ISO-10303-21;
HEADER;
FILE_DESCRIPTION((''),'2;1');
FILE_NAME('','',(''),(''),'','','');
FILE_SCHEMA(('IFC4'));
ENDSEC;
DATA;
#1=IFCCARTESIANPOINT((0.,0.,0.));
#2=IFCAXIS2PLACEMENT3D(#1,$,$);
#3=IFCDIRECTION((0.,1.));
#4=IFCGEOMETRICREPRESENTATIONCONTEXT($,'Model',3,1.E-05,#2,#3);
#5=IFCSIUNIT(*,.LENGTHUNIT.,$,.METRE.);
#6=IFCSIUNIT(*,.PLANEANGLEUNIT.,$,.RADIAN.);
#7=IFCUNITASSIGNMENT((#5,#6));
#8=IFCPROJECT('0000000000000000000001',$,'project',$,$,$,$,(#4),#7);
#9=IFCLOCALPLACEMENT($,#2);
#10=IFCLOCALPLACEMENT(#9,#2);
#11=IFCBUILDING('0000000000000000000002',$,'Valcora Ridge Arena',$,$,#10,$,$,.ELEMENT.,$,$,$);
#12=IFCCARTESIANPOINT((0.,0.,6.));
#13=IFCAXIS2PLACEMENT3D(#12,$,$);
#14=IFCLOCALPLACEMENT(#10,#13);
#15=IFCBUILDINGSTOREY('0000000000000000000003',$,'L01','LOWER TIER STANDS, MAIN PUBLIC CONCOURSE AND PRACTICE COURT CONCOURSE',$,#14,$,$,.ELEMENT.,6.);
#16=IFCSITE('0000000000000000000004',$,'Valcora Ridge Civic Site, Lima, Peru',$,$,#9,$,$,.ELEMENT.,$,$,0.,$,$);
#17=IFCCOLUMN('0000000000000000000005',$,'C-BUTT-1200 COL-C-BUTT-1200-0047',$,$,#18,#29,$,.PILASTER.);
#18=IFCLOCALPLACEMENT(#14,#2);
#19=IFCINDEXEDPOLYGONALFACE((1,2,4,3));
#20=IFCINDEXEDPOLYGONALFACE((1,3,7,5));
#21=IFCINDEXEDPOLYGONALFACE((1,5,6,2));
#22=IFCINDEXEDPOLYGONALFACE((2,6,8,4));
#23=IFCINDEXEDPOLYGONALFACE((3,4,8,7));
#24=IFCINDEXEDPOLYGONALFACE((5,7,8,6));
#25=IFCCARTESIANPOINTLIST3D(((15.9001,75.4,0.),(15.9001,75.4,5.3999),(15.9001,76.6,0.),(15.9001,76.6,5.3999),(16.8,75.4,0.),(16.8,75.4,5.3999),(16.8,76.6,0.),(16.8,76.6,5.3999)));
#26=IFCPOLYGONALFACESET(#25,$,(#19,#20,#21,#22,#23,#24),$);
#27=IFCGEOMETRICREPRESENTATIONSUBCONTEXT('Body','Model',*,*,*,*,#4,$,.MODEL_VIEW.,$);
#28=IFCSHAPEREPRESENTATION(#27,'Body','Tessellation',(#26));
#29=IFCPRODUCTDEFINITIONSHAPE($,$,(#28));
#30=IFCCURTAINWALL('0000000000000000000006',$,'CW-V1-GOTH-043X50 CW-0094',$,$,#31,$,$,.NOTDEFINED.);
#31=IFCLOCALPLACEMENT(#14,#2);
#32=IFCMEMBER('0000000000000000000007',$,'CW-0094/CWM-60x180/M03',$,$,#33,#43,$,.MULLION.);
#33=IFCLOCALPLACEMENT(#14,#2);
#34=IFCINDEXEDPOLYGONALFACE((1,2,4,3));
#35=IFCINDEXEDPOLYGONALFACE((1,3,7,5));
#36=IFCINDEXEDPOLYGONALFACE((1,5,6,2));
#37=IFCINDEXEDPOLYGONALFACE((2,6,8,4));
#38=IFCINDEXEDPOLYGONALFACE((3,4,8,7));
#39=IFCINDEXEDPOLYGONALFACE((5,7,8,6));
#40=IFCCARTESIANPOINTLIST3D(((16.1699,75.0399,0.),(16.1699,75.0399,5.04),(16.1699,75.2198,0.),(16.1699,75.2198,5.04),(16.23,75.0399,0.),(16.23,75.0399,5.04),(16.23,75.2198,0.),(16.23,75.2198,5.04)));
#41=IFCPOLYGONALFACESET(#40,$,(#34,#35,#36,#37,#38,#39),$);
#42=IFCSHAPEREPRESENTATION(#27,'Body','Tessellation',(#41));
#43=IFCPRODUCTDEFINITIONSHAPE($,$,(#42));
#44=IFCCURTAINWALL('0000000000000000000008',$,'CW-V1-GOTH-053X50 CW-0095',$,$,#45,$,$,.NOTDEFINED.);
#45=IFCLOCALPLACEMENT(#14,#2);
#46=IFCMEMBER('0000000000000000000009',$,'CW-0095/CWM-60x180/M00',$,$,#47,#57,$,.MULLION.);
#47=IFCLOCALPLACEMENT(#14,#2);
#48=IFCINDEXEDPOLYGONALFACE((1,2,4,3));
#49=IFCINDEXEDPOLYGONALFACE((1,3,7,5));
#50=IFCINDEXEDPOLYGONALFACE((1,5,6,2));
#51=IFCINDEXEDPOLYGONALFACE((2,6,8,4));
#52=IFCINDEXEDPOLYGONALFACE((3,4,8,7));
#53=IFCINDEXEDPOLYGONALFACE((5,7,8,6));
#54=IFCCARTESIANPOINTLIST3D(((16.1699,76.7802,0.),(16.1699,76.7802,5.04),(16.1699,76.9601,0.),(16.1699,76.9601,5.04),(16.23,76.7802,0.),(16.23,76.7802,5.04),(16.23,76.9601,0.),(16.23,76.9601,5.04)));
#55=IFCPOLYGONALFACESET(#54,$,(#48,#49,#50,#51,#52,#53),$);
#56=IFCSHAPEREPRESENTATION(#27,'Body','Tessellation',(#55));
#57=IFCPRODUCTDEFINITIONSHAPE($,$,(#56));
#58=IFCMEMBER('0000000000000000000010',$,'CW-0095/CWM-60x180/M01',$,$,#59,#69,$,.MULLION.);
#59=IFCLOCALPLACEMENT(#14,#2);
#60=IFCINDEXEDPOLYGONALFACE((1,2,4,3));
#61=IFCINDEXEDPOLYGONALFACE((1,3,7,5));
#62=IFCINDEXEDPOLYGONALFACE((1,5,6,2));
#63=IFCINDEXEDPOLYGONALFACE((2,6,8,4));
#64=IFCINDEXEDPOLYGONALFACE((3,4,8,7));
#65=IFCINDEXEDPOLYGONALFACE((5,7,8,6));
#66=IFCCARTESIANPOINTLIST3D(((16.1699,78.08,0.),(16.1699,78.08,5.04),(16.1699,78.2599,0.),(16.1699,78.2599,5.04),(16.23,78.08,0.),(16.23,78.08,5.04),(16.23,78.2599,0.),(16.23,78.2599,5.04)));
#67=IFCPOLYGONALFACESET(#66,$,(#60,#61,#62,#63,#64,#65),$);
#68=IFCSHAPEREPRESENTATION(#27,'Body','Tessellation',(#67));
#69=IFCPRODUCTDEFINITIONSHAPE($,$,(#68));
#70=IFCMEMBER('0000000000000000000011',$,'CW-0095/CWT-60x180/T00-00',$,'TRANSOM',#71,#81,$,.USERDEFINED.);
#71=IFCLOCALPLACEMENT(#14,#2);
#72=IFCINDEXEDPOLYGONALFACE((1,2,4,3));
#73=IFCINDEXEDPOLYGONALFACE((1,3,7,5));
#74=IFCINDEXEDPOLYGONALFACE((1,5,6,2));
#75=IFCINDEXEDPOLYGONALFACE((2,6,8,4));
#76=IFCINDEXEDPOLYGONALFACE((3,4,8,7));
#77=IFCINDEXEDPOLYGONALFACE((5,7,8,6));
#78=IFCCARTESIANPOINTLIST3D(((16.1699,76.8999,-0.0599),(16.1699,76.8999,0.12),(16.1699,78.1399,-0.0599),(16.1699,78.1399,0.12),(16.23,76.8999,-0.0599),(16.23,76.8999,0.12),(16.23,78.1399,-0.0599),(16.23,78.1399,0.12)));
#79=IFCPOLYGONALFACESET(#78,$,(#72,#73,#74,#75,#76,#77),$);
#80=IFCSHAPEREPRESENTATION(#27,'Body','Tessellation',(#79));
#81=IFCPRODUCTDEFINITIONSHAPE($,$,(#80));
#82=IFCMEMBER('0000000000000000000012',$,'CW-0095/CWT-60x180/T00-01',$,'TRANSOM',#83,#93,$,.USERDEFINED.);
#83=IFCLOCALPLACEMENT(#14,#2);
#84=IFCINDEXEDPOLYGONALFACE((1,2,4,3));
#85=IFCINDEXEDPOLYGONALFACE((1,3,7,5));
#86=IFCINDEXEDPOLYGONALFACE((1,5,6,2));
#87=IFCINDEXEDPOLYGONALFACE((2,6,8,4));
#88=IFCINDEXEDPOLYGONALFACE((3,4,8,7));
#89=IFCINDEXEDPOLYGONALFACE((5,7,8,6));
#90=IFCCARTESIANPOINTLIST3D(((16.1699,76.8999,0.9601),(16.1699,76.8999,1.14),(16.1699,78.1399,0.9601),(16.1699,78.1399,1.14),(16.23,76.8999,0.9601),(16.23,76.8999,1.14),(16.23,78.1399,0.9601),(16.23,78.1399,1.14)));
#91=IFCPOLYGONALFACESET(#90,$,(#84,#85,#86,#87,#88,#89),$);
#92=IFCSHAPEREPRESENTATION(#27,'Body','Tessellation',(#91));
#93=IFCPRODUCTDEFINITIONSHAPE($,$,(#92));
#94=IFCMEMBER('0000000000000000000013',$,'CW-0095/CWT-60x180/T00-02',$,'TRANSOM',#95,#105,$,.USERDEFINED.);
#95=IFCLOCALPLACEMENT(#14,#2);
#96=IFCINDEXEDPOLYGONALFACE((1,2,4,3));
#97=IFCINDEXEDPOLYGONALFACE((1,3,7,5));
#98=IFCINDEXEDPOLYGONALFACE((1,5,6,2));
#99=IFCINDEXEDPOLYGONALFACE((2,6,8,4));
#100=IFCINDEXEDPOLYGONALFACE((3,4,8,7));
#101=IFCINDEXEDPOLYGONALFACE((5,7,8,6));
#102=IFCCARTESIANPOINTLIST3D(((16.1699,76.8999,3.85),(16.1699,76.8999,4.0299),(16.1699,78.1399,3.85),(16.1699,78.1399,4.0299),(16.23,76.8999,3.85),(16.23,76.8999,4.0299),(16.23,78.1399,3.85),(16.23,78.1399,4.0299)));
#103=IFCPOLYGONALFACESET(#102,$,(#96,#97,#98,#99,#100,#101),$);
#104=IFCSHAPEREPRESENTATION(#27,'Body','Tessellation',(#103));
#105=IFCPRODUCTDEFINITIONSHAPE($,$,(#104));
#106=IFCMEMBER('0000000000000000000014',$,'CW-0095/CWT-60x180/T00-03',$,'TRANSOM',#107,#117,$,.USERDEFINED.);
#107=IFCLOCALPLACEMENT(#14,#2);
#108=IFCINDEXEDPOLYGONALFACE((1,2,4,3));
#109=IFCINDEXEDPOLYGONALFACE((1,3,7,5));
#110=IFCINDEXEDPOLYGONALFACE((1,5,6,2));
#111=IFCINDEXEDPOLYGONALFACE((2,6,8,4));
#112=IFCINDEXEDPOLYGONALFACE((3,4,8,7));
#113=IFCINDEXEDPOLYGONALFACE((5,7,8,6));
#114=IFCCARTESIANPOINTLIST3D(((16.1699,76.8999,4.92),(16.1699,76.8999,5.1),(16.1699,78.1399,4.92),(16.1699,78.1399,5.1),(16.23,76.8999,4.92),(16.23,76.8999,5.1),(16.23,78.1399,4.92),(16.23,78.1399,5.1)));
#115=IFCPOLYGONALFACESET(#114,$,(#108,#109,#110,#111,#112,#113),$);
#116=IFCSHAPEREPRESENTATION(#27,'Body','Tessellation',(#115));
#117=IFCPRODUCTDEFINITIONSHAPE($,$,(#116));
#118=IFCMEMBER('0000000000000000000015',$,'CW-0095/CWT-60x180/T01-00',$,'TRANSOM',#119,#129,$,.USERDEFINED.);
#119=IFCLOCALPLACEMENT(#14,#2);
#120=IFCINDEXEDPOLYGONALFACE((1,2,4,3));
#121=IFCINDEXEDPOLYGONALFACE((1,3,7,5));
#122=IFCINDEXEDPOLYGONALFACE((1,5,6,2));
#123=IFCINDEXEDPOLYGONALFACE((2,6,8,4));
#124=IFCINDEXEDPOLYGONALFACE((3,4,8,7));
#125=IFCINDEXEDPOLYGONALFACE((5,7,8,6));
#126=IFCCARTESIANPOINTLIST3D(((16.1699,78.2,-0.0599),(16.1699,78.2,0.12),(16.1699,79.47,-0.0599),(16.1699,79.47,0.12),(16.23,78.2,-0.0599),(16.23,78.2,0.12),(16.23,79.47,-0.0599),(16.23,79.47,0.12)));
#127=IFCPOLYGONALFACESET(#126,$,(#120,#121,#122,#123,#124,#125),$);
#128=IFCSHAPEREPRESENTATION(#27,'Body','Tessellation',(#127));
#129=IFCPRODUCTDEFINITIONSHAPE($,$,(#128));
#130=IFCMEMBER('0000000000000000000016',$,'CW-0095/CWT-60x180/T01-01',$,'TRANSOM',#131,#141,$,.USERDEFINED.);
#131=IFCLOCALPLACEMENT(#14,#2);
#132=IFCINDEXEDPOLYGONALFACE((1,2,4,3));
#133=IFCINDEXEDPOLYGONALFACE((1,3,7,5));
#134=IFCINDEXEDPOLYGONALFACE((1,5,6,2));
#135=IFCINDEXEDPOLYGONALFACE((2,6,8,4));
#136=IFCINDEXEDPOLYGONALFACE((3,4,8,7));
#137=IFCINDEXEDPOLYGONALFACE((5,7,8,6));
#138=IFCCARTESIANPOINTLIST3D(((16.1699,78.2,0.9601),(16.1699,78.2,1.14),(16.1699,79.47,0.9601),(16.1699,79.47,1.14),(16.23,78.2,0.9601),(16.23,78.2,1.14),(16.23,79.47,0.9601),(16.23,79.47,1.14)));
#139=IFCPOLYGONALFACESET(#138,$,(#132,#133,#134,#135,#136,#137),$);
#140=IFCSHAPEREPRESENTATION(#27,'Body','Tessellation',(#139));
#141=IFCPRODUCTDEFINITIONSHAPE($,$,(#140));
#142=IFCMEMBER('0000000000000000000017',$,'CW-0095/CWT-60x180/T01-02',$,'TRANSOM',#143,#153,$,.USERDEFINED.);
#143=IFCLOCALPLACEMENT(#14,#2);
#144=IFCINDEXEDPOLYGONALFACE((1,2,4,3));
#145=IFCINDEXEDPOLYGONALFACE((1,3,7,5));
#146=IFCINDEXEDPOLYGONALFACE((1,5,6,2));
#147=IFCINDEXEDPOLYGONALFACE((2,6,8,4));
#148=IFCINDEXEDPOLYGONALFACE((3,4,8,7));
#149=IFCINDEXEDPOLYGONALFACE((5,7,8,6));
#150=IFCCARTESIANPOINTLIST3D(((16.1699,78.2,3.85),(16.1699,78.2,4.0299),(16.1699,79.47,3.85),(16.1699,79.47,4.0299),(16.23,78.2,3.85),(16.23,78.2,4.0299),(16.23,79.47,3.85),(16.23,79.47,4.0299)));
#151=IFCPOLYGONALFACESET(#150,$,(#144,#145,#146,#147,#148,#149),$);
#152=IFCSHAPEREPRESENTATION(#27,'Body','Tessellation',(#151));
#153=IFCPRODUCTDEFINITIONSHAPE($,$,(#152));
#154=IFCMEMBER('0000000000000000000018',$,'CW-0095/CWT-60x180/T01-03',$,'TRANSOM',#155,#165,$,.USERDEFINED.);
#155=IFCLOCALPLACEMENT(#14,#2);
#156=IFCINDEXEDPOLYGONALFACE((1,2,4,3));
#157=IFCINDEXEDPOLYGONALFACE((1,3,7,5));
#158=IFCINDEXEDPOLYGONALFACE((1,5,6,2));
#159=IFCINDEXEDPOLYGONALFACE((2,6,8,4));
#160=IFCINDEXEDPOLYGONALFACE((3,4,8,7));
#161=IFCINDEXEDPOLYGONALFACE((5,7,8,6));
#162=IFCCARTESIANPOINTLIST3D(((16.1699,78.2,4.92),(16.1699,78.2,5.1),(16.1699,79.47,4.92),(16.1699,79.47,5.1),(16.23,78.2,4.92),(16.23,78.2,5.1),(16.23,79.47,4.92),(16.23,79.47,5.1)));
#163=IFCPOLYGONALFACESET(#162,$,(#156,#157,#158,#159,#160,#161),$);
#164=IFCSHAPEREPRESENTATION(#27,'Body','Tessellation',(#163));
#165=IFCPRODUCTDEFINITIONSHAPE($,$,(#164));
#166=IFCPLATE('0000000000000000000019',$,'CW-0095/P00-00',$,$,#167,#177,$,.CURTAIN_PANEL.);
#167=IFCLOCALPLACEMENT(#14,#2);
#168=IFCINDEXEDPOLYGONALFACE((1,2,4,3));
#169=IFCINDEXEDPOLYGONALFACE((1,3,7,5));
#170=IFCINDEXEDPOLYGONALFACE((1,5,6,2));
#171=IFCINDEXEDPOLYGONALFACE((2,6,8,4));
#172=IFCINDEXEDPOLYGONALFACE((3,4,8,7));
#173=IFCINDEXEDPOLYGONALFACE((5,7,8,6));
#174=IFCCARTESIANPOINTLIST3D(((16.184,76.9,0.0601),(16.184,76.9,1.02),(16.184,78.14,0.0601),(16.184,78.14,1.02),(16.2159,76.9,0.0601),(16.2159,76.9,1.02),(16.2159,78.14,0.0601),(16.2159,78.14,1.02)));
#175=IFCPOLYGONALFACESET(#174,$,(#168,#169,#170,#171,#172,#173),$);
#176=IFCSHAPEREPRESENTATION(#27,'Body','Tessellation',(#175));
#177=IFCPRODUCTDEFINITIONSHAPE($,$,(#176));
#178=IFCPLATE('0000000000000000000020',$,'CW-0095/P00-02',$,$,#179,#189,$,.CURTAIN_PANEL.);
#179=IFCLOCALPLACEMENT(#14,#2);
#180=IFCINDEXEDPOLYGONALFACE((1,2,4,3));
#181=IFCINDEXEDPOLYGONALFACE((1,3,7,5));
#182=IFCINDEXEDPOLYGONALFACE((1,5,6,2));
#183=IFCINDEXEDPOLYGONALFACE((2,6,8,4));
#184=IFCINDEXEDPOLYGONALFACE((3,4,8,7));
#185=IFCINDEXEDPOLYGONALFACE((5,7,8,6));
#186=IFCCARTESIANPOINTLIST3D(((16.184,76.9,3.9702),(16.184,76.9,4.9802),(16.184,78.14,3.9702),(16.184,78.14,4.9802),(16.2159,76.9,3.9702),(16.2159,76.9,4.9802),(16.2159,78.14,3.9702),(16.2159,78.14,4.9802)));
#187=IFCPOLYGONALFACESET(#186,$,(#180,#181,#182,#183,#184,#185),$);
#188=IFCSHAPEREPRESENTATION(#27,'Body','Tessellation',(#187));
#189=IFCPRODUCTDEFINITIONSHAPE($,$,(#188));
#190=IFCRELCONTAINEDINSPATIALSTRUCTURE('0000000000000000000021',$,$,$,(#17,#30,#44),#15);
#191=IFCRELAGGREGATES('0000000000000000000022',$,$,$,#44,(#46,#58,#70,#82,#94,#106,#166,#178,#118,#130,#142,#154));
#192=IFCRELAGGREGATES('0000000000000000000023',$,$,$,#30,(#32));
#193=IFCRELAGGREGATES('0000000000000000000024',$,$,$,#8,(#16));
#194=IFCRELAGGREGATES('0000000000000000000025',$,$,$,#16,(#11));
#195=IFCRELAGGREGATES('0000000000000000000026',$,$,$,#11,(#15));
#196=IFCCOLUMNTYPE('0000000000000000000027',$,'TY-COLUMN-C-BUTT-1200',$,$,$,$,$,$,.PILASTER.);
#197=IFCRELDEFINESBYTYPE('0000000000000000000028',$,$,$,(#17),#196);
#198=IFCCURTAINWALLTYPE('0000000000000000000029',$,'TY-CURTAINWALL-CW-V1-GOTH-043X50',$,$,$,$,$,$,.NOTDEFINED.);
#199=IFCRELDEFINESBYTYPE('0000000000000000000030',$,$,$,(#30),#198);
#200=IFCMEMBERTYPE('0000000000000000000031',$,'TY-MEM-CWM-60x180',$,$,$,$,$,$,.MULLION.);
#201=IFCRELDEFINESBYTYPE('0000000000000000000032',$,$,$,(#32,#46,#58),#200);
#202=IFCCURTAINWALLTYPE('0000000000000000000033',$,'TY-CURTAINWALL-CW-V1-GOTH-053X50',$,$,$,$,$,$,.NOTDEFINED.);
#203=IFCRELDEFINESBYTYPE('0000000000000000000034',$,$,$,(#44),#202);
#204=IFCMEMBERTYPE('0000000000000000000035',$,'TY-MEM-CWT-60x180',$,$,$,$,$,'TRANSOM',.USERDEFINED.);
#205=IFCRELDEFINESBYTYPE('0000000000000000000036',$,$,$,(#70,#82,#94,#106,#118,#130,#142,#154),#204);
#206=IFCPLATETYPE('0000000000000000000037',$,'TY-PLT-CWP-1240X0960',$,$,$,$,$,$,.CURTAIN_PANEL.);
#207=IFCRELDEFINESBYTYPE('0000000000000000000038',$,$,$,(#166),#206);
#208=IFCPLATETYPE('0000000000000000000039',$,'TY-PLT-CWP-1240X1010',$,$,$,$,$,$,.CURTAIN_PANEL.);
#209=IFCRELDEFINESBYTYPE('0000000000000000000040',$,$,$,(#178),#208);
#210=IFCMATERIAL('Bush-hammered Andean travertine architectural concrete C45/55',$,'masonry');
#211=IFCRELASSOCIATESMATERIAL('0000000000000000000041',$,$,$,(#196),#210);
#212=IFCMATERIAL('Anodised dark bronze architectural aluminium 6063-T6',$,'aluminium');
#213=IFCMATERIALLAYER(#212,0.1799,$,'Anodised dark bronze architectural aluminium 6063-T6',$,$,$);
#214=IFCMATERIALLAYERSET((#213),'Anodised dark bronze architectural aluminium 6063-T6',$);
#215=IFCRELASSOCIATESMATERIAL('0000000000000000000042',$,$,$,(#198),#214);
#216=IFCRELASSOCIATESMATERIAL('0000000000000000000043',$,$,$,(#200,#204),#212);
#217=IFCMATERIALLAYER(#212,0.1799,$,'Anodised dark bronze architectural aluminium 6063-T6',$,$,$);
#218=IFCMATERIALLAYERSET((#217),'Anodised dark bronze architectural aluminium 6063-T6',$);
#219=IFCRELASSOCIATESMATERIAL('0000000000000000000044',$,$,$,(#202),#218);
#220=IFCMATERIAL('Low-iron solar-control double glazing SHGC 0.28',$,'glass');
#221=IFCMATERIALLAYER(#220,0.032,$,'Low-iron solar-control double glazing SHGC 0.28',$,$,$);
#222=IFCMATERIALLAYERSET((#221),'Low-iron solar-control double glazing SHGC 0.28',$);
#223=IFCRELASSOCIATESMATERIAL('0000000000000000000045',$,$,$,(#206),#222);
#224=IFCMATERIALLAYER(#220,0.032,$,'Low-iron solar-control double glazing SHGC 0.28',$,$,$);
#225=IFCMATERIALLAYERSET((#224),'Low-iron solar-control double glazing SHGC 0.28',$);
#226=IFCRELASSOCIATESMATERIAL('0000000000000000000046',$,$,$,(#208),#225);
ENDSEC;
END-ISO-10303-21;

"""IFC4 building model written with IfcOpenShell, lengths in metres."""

from ifc_helpers import new_model, si_unit, direction, frame, origin, origin_2d, place, context, subcontext, project, spatial, rectangle, extrude, material, layer, layer_set, material_profile, profile_set, type_object, element, aggregate, save


model = new_model("IFC4")

# Units and contexts
model_context = context("Model", 3, precision=1e-05, world=origin(), true_north=direction((0.0, 1.0)))
body_context = subcontext(model_context, "Body", "Model", "MODEL_VIEW")
ifc_project = project(units=[si_unit("LENGTHUNIT", "METRE"), si_unit("PLANEANGLEUNIT", "RADIAN")], contexts=[model_context])

# Site, building, storey
site_placement = place(None, origin())
site = spatial("IfcSite", under=ifc_project, at=site_placement, Name="Valcora Ridge Civic Site, Lima, Peru", CompositionType="ELEMENT", RefElevation=0.0)
building_placement = place(site_placement, origin())
building = spatial("IfcBuilding", under=site, at=building_placement, Name="Valcora Ridge Arena", CompositionType="ELEMENT")
storey_placement = place(building_placement, frame((0.0, 0.0, 6.0)))
storey = spatial("IfcBuildingStorey", under=building, at=storey_placement, Name="L01", Description="LOWER TIER STANDS, MAIN PUBLIC CONCOURSE AND PRACTICE COURT CONCOURSE", CompositionType="ELEMENT", Elevation=6.0)

# Column
ifc_material_1 = material(Name="Bush-hammered Andean travertine architectural concrete C45/55", Category="masonry")
ifc_material_profile_1 = material_profile(ifc_material_1, rectangle(XDim=0.8999, YDim=1.2, at=origin_2d()), Name="RC 900x1200")
ifc_profile_set_1 = profile_set([ifc_material_profile_1], Name="Bush-hammered Andean travertine architectural concrete C45/55")
column_type = type_object("IfcColumnType", Name="TY-COLUMN-C-BUTT-1200", PredefinedType="PILASTER", material=ifc_profile_set_1)
column_placement = place(storey_placement, frame((16.3501, 76.0, 0.0), z_axis=(0.0, 0.0, 1.0), x_axis=(1.0, 0.0, 0.0)))
element("IfcColumn", 1, at=column_placement, inside=storey, type_object=column_type, Name="C-BUTT-1200 COL-C-BUTT-1200-0047", PredefinedType="PILASTER", context=body_context, shape_type="SweptSolid", body=[
    extrude(rectangle(XDim=0.8999, YDim=1.2, at=origin_2d()), origin(), (0.0, 0.0, 1.0), 5.3999),
])

# Curtain wall, member
ifc_material_2 = material(Name="Anodised dark bronze architectural aluminium 6063-T6", Category="aluminium")
ifc_layer_1 = layer(ifc_material_2, 0.1799, Name="Anodised dark bronze architectural aluminium 6063-T6")
ifc_layer_set_1 = layer_set([ifc_layer_1], Name="Anodised dark bronze architectural aluminium 6063-T6")
curtain_wall_type_1 = type_object("IfcCurtainWallType", Name="TY-CURTAINWALL-CW-V1-GOTH-043X50", PredefinedType="NOTDEFINED", material=ifc_layer_set_1)
curtain_wall_1_placement = place(storey_placement, origin())
curtain_wall_1 = element("IfcCurtainWall", 2, at=curtain_wall_1_placement, inside=storey, type_object=curtain_wall_type_1, Name="CW-V1-GOTH-043X50 CW-0094", PredefinedType="NOTDEFINED")
ifc_material_profile_2 = material_profile(ifc_material_2, rectangle(XDim=0.0601, YDim=0.1799, at=origin_2d()), Name="ALU MULLION 60x180")
ifc_profile_set_2 = profile_set([ifc_material_profile_2], Name="Anodised dark bronze architectural aluminium 6063-T6")
member_type_1 = type_object("IfcMemberType", Name="TY-MEM-CWM-60x180", PredefinedType="MULLION", material=ifc_profile_set_2)
member_1_placement = place(storey_placement, frame((16.2, 75.1299, 0.0), z_axis=(0.0, 0.0, 1.0), x_axis=(-1.0, 0.0, 0.0)))
member_1 = element("IfcMember", 3, at=member_1_placement, type_object=member_type_1, Name="CW-0094/CWM-60x180/M03", PredefinedType="MULLION", context=body_context, shape_type="SweptSolid", body=[
    extrude(rectangle(XDim=0.0601, YDim=0.1799, at=origin_2d()), origin(), (0.0, 0.0, 1.0), 5.04),
])

# Curtain wall, members, plates
ifc_layer_2 = layer(ifc_material_2, 0.1799, Name="Anodised dark bronze architectural aluminium 6063-T6")
ifc_layer_set_2 = layer_set([ifc_layer_2], Name="Anodised dark bronze architectural aluminium 6063-T6")
curtain_wall_type_2 = type_object("IfcCurtainWallType", Name="TY-CURTAINWALL-CW-V1-GOTH-053X50", PredefinedType="NOTDEFINED", material=ifc_layer_set_2)
curtain_wall_2_placement = place(storey_placement, origin())
curtain_wall_2 = element("IfcCurtainWall", 4, at=curtain_wall_2_placement, inside=storey, type_object=curtain_wall_type_2, Name="CW-V1-GOTH-053X50 CW-0095", PredefinedType="NOTDEFINED")
member_2_placement = place(storey_placement, frame((16.2, 76.8701, 0.0), z_axis=(0.0, 0.0, 1.0), x_axis=(-1.0, 0.0, 0.0)))
member_2 = element("IfcMember", 5, at=member_2_placement, type_object=member_type_1, Name="CW-0095/CWM-60x180/M00", PredefinedType="MULLION", context=body_context, shape_type="SweptSolid", body=[
    extrude(rectangle(XDim=0.0601, YDim=0.1799, at=origin_2d()), origin(), (0.0, 0.0, 1.0), 5.04),
])
member_3_placement = place(storey_placement, frame((16.2, 78.1699, 0.0), z_axis=(0.0, 0.0, 1.0), x_axis=(-1.0, 0.0, 0.0)))
member_3 = element("IfcMember", 6, at=member_3_placement, type_object=member_type_1, Name="CW-0095/CWM-60x180/M01", PredefinedType="MULLION", context=body_context, shape_type="SweptSolid", body=[
    extrude(rectangle(XDim=0.0601, YDim=0.1799, at=origin_2d()), origin(), (0.0, 0.0, 1.0), 5.04),
])
ifc_material_profile_3 = material_profile(ifc_material_2, rectangle(XDim=0.0601, YDim=0.1799, at=origin_2d()), Name="ALU TRANSOM 60x180")
ifc_profile_set_3 = profile_set([ifc_material_profile_3], Name="Anodised dark bronze architectural aluminium 6063-T6")
member_type_2 = type_object("IfcMemberType", Name="TY-MEM-CWT-60x180", ElementType="TRANSOM", PredefinedType="USERDEFINED", material=ifc_profile_set_3)
member_4_placement = place(storey_placement, frame((16.2, 76.8999, 0.03), z_axis=(0.0, 1.0, 0.0), x_axis=(-1.0, 0.0, 0.0)))
member_4 = element("IfcMember", 7, at=member_4_placement, type_object=member_type_2, Name="CW-0095/CWT-60x180/T00-00", ObjectType="TRANSOM", PredefinedType="USERDEFINED", context=body_context, shape_type="SweptSolid", body=[
    extrude(rectangle(XDim=0.0601, YDim=0.1799, at=origin_2d()), origin(), (0.0, 0.0, 1.0), 1.24),
])
member_5_placement = place(storey_placement, frame((16.2, 76.8999, 1.05), z_axis=(0.0, 1.0, 0.0), x_axis=(-1.0, 0.0, 0.0)))
member_5 = element("IfcMember", 8, at=member_5_placement, type_object=member_type_2, Name="CW-0095/CWT-60x180/T00-01", ObjectType="TRANSOM", PredefinedType="USERDEFINED", context=body_context, shape_type="SweptSolid", body=[
    extrude(rectangle(XDim=0.0601, YDim=0.1799, at=origin_2d()), origin(), (0.0, 0.0, 1.0), 1.24),
])
member_6_placement = place(storey_placement, frame((16.2, 76.8999, 3.9399), z_axis=(0.0, 1.0, 0.0), x_axis=(-1.0, 0.0, 0.0)))
member_6 = element("IfcMember", 9, at=member_6_placement, type_object=member_type_2, Name="CW-0095/CWT-60x180/T00-02", ObjectType="TRANSOM", PredefinedType="USERDEFINED", context=body_context, shape_type="SweptSolid", body=[
    extrude(rectangle(XDim=0.0601, YDim=0.1799, at=origin_2d()), origin(), (0.0, 0.0, 1.0), 1.24),
])
member_7_placement = place(storey_placement, frame((16.2, 76.8999, 5.01), z_axis=(0.0, 1.0, 0.0), x_axis=(-1.0, 0.0, 0.0)))
member_7 = element("IfcMember", 10, at=member_7_placement, type_object=member_type_2, Name="CW-0095/CWT-60x180/T00-03", ObjectType="TRANSOM", PredefinedType="USERDEFINED", context=body_context, shape_type="SweptSolid", body=[
    extrude(rectangle(XDim=0.0601, YDim=0.1799, at=origin_2d()), origin(), (0.0, 0.0, 1.0), 1.24),
])
member_8_placement = place(storey_placement, frame((16.2, 78.2, 0.03), z_axis=(0.0, 1.0, 0.0), x_axis=(-1.0, 0.0, 0.0)))
member_8 = element("IfcMember", 11, at=member_8_placement, type_object=member_type_2, Name="CW-0095/CWT-60x180/T01-00", ObjectType="TRANSOM", PredefinedType="USERDEFINED", context=body_context, shape_type="SweptSolid", body=[
    extrude(rectangle(XDim=0.0601, YDim=0.1799, at=origin_2d()), origin(), (0.0, 0.0, 1.0), 1.27),
])
member_9_placement = place(storey_placement, frame((16.2, 78.2, 1.05), z_axis=(0.0, 1.0, 0.0), x_axis=(-1.0, 0.0, 0.0)))
member_9 = element("IfcMember", 12, at=member_9_placement, type_object=member_type_2, Name="CW-0095/CWT-60x180/T01-01", ObjectType="TRANSOM", PredefinedType="USERDEFINED", context=body_context, shape_type="SweptSolid", body=[
    extrude(rectangle(XDim=0.0601, YDim=0.1799, at=origin_2d()), origin(), (0.0, 0.0, 1.0), 1.27),
])
member_10_placement = place(storey_placement, frame((16.2, 78.2, 3.9399), z_axis=(0.0, 1.0, 0.0), x_axis=(-1.0, 0.0, 0.0)))
member_10 = element("IfcMember", 13, at=member_10_placement, type_object=member_type_2, Name="CW-0095/CWT-60x180/T01-02", ObjectType="TRANSOM", PredefinedType="USERDEFINED", context=body_context, shape_type="SweptSolid", body=[
    extrude(rectangle(XDim=0.0601, YDim=0.1799, at=origin_2d()), origin(), (0.0, 0.0, 1.0), 1.27),
])
member_11_placement = place(storey_placement, frame((16.2, 78.2, 5.01), z_axis=(0.0, 1.0, 0.0), x_axis=(-1.0, 0.0, 0.0)))
member_11 = element("IfcMember", 14, at=member_11_placement, type_object=member_type_2, Name="CW-0095/CWT-60x180/T01-03", ObjectType="TRANSOM", PredefinedType="USERDEFINED", context=body_context, shape_type="SweptSolid", body=[
    extrude(rectangle(XDim=0.0601, YDim=0.1799, at=origin_2d()), origin(), (0.0, 0.0, 1.0), 1.27),
])
ifc_material_3 = material(Name="Low-iron solar-control double glazing SHGC 0.28", Category="glass")
ifc_layer_3 = layer(ifc_material_3, 0.032, Name="Low-iron solar-control double glazing SHGC 0.28")
ifc_layer_set_3 = layer_set([ifc_layer_3], Name="Low-iron solar-control double glazing SHGC 0.28")
plate_type_1 = type_object("IfcPlateType", Name="TY-PLT-CWP-1240X0960", PredefinedType="CURTAIN_PANEL", material=ifc_layer_set_3)
plate_1_placement = place(storey_placement, frame((16.2, 77.52, 0.0601), z_axis=(0.0, 0.0, 1.0), x_axis=(0.0, 1.0, 0.0)))
plate_1 = element("IfcPlate", 15, at=plate_1_placement, type_object=plate_type_1, Name="CW-0095/P00-00", PredefinedType="CURTAIN_PANEL", context=body_context, shape_type="SweptSolid", body=[
    extrude(rectangle(XDim=1.24, YDim=0.032, at=origin_2d()), origin(), (0.0, 0.0, 1.0), 0.96),
])
ifc_layer_4 = layer(ifc_material_3, 0.032, Name="Low-iron solar-control double glazing SHGC 0.28")
ifc_layer_set_4 = layer_set([ifc_layer_4], Name="Low-iron solar-control double glazing SHGC 0.28")
plate_type_2 = type_object("IfcPlateType", Name="TY-PLT-CWP-1240X1010", PredefinedType="CURTAIN_PANEL", material=ifc_layer_set_4)
plate_2_placement = place(storey_placement, frame((16.2, 77.52, 3.9702), z_axis=(0.0, 0.0, 1.0), x_axis=(0.0, 1.0, 0.0)))
plate_2 = element("IfcPlate", 16, at=plate_2_placement, type_object=plate_type_2, Name="CW-0095/P00-02", PredefinedType="CURTAIN_PANEL", context=body_context, shape_type="SweptSolid", body=[
    extrude(rectangle(XDim=1.24, YDim=0.032, at=origin_2d()), origin(), (0.0, 0.0, 1.0), 1.01),
])
aggregate(curtain_wall_2, [member_2, member_3, member_4, member_5, member_6, member_7, plate_1, plate_2, member_8, member_9, member_10, member_11])

aggregate(curtain_wall_1, [member_1])

save(model, "model.ifc")
